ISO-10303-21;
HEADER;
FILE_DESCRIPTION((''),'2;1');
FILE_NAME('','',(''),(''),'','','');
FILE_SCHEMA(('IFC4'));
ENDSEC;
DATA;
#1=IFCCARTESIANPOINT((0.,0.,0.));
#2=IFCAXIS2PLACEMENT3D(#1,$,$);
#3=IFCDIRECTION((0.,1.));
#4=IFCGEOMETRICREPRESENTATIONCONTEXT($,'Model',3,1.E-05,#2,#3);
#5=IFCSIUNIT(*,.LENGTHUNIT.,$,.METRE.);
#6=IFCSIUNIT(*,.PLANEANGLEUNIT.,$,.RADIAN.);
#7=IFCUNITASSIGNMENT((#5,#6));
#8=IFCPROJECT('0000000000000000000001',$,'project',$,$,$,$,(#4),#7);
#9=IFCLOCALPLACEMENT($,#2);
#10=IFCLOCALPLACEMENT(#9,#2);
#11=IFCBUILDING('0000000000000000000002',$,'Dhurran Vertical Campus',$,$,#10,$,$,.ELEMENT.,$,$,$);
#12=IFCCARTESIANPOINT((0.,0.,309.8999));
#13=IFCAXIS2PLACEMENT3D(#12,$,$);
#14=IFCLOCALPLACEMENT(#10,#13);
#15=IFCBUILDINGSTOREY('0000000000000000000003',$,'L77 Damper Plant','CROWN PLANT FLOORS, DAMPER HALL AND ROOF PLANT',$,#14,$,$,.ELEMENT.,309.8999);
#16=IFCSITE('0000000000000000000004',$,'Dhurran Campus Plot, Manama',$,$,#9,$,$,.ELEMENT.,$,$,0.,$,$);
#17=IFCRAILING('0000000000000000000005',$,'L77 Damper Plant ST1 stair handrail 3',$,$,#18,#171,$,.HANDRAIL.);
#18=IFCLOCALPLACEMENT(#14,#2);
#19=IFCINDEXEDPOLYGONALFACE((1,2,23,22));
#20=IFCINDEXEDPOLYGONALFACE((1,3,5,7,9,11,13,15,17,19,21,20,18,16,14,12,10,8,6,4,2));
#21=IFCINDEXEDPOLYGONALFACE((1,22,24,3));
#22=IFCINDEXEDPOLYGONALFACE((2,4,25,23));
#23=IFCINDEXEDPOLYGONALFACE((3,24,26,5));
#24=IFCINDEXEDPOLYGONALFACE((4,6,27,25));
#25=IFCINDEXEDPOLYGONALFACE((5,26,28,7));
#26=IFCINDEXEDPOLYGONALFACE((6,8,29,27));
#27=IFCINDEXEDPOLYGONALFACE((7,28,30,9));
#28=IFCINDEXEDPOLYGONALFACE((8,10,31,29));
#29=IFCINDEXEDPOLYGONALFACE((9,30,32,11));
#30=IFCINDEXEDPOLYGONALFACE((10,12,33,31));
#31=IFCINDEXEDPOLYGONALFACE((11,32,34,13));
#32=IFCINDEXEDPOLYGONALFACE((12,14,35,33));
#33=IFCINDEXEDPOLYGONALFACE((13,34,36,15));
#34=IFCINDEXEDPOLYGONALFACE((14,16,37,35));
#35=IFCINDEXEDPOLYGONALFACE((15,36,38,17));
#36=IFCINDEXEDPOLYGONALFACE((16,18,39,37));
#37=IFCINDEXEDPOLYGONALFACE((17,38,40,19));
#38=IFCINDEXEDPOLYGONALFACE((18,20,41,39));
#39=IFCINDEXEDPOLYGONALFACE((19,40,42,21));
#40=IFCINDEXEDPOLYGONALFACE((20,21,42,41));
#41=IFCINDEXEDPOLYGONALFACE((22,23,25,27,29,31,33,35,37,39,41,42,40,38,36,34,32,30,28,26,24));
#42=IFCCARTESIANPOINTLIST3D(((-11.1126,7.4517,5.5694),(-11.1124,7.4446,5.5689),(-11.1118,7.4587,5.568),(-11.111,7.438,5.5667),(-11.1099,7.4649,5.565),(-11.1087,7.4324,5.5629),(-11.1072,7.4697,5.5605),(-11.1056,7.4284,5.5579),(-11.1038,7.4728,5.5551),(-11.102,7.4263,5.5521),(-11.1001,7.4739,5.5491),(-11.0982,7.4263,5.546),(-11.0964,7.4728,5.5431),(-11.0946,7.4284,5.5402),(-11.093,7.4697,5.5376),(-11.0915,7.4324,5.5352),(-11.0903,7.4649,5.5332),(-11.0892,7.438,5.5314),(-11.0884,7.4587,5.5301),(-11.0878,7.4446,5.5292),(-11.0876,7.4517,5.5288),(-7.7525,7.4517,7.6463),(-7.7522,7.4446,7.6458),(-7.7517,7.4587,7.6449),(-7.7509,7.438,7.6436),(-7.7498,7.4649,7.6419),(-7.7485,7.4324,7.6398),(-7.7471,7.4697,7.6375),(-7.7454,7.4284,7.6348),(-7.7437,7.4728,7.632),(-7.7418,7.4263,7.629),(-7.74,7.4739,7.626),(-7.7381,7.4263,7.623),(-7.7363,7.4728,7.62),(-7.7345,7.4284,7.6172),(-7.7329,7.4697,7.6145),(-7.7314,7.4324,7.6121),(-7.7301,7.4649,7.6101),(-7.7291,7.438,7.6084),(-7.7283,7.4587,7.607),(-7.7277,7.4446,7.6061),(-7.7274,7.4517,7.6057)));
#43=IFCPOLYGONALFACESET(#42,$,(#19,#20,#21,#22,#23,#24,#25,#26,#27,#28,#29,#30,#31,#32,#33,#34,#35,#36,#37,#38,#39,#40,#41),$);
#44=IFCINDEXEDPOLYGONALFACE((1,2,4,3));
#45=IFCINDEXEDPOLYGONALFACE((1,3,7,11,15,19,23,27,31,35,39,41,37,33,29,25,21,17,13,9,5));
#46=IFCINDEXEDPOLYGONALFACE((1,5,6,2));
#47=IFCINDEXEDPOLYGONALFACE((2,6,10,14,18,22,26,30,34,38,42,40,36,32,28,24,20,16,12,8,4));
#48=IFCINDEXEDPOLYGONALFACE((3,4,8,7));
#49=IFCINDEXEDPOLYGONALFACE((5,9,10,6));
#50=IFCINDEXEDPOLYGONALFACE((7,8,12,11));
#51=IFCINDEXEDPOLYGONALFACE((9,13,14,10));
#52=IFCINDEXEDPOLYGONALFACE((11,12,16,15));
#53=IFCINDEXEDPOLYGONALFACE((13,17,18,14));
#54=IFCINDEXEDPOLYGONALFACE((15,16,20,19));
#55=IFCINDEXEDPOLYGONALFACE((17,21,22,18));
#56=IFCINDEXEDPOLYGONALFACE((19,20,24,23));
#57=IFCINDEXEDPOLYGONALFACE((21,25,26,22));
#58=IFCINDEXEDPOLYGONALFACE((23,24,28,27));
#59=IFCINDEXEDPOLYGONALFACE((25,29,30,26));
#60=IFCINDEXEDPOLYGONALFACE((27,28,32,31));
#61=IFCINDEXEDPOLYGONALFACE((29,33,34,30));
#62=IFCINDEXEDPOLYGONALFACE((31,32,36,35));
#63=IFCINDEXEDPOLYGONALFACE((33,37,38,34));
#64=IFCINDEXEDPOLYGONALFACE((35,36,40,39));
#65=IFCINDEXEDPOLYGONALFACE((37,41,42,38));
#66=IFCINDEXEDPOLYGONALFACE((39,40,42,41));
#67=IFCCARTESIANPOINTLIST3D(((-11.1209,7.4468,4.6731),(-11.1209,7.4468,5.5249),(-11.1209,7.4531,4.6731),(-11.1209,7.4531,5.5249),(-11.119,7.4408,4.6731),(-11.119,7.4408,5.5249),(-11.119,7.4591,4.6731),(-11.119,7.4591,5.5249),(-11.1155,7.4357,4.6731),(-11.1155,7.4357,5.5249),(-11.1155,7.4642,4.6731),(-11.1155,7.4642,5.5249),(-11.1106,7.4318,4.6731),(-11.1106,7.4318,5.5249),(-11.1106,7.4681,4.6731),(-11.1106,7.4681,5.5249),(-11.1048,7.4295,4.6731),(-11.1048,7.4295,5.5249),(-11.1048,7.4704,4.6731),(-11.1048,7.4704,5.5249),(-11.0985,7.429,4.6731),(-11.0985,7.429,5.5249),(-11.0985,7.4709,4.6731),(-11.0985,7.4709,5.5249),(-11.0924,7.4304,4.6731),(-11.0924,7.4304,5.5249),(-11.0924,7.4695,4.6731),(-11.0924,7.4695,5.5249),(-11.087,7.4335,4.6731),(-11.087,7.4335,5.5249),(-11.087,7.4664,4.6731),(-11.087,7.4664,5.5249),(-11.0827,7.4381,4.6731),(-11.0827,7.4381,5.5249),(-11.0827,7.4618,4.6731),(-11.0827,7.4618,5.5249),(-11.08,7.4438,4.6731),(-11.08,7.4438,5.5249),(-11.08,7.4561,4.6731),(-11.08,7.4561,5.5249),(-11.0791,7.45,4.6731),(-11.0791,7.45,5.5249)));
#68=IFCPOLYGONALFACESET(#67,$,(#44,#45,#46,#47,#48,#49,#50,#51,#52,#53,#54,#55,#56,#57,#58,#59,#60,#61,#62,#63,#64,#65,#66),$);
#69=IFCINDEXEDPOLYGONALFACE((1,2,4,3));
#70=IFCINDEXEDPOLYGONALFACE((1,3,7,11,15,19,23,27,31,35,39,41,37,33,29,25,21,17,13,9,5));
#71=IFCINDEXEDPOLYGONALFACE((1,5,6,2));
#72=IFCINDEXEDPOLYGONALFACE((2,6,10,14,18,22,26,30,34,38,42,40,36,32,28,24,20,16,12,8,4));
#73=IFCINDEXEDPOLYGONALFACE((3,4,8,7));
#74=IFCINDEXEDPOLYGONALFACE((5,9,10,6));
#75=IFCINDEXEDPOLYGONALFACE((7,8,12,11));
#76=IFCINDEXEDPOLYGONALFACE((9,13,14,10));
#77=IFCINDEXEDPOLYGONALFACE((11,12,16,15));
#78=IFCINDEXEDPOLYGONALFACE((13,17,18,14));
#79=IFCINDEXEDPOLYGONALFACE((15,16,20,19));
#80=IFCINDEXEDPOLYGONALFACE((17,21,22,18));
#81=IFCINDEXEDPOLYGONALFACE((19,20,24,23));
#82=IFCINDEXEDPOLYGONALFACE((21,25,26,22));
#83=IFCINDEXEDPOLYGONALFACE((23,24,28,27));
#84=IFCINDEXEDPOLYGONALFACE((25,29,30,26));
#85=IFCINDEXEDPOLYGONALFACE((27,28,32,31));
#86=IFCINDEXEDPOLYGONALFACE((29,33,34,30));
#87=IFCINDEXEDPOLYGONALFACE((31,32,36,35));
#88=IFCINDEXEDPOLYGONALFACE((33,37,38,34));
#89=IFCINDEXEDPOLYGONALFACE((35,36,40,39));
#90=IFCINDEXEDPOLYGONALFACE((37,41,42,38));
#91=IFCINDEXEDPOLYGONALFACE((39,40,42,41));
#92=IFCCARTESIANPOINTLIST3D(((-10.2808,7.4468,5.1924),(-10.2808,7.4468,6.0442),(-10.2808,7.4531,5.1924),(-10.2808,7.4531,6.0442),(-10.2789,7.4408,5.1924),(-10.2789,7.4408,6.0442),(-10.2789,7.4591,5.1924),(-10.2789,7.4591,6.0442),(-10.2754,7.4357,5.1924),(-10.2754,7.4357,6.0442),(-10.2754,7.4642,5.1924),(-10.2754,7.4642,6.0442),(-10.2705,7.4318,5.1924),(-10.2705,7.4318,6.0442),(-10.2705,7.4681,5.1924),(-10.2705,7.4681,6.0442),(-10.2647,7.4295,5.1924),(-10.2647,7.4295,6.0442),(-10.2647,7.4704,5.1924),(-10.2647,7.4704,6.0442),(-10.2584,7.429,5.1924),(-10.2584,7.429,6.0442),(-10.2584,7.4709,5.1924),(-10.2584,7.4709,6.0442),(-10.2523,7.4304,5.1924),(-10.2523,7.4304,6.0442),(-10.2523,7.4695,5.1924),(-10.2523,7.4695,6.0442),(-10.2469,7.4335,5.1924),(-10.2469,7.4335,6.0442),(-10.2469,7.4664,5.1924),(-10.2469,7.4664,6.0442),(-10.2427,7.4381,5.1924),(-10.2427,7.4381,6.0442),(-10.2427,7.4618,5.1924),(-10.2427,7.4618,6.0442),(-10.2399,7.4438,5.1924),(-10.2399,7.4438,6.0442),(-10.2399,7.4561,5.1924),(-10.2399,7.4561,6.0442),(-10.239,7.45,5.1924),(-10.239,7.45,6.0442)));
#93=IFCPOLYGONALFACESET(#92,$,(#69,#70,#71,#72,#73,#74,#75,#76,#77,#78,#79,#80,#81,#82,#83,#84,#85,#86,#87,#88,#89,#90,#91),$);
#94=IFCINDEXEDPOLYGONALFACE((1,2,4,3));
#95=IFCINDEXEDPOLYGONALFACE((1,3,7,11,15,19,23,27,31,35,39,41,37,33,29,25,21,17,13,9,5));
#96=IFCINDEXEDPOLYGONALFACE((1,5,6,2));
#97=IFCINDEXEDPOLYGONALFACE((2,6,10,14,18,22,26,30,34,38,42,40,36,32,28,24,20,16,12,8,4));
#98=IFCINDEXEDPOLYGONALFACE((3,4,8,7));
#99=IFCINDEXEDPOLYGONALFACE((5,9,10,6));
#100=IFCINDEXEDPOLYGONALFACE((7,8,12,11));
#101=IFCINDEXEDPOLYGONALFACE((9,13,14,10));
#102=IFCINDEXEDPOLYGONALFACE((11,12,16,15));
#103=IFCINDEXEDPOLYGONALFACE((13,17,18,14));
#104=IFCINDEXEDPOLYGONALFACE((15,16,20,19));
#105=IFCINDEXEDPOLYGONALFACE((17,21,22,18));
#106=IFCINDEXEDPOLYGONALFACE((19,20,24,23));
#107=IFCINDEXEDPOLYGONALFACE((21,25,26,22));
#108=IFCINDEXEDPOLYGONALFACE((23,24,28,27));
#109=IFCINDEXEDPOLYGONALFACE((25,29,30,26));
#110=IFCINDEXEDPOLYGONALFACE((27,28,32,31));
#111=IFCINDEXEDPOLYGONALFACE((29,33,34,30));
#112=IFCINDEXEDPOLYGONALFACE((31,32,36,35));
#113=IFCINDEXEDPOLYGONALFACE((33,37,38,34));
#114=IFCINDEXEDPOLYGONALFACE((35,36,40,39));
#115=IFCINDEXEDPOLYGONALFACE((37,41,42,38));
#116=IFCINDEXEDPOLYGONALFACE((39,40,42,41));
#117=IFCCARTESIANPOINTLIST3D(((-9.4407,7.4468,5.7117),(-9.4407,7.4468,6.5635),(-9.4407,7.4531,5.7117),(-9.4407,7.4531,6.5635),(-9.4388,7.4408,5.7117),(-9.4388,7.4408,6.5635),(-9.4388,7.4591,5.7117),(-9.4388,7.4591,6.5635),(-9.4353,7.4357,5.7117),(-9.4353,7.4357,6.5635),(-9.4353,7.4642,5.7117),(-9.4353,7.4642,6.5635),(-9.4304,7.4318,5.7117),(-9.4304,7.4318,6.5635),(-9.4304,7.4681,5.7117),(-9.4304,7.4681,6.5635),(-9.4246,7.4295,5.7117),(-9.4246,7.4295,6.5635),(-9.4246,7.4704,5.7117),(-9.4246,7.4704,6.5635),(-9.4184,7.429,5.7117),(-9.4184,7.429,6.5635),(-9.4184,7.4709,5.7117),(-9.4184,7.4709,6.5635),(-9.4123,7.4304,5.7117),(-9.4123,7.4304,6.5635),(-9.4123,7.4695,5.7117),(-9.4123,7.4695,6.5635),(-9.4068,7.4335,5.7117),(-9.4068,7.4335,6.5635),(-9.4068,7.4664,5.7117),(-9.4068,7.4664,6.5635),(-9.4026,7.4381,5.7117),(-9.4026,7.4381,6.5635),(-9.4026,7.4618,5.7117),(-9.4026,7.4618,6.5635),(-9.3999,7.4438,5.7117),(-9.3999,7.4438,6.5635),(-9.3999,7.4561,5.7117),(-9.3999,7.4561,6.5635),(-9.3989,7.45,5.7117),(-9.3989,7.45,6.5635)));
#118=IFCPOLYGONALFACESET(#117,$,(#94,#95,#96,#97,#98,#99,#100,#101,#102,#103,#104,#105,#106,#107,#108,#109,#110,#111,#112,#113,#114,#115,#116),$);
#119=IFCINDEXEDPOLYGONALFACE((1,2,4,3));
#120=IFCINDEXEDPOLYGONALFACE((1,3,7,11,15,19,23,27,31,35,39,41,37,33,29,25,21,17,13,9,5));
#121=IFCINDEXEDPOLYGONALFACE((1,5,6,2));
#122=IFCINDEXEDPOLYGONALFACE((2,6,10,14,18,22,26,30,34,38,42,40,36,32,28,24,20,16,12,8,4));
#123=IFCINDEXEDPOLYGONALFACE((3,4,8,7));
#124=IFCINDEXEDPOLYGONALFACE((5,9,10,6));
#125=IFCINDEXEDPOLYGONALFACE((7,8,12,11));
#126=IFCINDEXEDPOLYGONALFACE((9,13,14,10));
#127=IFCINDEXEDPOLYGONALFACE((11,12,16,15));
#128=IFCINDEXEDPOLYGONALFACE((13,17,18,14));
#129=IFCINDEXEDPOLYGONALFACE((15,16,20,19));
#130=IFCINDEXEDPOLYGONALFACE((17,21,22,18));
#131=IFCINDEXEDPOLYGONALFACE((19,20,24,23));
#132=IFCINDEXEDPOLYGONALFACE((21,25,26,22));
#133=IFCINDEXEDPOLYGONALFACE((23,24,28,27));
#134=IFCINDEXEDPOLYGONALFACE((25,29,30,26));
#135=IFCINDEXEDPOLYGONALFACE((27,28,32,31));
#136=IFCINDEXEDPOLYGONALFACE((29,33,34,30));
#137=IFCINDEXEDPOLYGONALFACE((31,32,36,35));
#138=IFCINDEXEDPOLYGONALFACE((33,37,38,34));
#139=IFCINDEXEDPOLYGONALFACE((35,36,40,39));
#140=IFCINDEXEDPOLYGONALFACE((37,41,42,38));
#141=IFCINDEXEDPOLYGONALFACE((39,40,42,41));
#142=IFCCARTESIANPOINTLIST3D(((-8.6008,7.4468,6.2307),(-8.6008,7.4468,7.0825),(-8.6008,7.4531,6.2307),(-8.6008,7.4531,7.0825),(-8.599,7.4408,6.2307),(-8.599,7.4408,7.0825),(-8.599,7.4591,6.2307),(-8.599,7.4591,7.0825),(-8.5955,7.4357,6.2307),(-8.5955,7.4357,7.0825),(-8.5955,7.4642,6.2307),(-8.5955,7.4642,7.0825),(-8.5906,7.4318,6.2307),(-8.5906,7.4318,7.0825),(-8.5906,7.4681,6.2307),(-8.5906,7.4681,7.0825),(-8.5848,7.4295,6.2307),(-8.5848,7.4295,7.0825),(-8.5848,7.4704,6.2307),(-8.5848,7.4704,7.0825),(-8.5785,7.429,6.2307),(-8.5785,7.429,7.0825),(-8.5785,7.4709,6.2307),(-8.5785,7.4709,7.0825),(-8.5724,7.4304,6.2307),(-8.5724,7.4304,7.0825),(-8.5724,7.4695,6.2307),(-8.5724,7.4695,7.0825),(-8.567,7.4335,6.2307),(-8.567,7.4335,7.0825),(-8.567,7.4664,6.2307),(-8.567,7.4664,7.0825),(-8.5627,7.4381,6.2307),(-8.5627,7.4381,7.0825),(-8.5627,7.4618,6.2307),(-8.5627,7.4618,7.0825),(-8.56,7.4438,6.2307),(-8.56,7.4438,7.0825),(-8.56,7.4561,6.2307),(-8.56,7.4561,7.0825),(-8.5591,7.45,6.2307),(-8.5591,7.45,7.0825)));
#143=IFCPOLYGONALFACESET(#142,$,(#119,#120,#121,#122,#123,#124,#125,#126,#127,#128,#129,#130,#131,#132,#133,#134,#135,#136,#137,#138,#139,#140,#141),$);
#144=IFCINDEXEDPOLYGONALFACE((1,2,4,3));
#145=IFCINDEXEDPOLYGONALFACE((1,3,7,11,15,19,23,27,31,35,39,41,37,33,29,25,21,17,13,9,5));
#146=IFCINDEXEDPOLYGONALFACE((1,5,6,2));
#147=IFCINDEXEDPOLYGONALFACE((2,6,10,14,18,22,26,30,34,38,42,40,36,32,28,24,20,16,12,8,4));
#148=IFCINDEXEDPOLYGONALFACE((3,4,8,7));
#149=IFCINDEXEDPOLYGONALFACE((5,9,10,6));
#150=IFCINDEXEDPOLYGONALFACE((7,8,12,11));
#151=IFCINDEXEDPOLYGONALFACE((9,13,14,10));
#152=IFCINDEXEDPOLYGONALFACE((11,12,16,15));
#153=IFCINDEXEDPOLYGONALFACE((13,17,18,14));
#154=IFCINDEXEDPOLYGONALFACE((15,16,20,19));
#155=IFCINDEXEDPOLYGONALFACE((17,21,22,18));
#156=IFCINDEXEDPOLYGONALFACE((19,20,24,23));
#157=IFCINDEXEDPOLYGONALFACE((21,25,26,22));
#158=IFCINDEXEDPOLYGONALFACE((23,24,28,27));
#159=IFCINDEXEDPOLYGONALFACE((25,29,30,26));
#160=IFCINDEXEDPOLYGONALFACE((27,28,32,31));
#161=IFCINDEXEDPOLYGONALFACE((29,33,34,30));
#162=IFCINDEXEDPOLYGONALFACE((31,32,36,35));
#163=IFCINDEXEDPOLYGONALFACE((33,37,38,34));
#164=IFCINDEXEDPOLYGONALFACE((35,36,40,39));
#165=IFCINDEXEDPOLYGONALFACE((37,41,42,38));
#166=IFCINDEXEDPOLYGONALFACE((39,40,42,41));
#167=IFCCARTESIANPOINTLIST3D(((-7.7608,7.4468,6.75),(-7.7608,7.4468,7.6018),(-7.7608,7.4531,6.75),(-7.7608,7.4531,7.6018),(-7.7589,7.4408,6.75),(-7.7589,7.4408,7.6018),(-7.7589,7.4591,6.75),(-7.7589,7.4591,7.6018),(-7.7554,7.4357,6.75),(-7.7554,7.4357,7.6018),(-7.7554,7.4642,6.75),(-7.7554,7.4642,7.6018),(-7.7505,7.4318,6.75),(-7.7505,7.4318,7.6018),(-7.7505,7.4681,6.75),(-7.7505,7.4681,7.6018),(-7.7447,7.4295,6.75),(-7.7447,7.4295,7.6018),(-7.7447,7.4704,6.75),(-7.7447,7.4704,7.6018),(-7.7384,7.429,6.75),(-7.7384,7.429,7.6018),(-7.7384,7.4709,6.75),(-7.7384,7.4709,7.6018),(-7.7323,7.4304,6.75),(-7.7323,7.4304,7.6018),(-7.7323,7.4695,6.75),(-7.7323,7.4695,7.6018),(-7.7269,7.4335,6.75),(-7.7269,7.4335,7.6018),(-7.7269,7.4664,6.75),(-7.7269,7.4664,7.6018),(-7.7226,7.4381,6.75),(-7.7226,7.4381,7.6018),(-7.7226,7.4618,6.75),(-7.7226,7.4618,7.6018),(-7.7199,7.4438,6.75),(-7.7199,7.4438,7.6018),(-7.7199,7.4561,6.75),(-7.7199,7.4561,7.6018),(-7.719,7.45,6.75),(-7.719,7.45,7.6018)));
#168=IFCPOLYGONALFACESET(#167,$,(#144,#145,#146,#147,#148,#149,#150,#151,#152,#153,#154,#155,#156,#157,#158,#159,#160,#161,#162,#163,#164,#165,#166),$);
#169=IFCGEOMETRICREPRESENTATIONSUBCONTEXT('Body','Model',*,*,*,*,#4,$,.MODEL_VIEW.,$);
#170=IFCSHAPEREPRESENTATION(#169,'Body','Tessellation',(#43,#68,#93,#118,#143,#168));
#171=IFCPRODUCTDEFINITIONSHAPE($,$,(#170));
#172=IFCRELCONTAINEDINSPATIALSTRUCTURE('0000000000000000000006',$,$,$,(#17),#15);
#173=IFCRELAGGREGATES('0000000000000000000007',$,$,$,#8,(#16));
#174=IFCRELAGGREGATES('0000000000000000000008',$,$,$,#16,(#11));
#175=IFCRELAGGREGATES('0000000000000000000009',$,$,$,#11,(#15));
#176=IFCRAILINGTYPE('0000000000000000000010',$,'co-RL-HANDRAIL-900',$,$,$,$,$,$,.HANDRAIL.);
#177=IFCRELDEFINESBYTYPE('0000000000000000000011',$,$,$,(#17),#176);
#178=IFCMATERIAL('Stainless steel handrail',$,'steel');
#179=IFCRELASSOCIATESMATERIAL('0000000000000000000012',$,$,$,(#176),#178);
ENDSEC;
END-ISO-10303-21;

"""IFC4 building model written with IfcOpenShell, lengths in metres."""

from ifc_helpers import new_model, si_unit, direction, frame, origin, origin_2d, place, context, subcontext, project, spatial, circle, extrude, material, type_object, element, save


model = new_model("IFC4")

# Units and contexts
model_context = context("Model", 3, precision=1e-05, world=origin(), true_north=direction((0.0, 1.0)))
body_context = subcontext(model_context, "Body", "Model", "MODEL_VIEW")
ifc_project = project(units=[si_unit("LENGTHUNIT", "METRE"), si_unit("PLANEANGLEUNIT", "RADIAN")], contexts=[model_context])

# Site, building, storey
site_placement = place(None, origin())
site = spatial("IfcSite", under=ifc_project, at=site_placement, Name="Dhurran Campus Plot, Manama", CompositionType="ELEMENT", RefElevation=0.0)
building_placement = place(site_placement, origin())
building = spatial("IfcBuilding", under=site, at=building_placement, Name="Dhurran Vertical Campus", CompositionType="ELEMENT")
storey_placement = place(building_placement, frame((0.0, 0.0, 309.8999)))
storey = spatial("IfcBuildingStorey", under=building, at=storey_placement, Name="L77 Damper Plant", Description="CROWN PLANT FLOORS, DAMPER HALL AND ROOF PLANT", CompositionType="ELEMENT", Elevation=309.8999)

# Railing
ifc_material_1 = material(Name="Stainless steel handrail", Category="steel")
railing_type_1 = type_object("IfcRailingType", Name="co-RL-HANDRAIL-900", PredefinedType="HANDRAIL", material=ifc_material_1)
for number, where, name in (
    (1, (-11.1001, 7.45, 4.6731), "L77 Damper Plant ST1 stair handrail 3"),
):
    element("IfcRailing", number, at=place(storey_placement, frame(where)), inside=storey, type_object=railing_type_1, Name=name, PredefinedType="HANDRAIL", context=body_context, shape_type="SweptSolid", body=[
        extrude(circle(Radius=0.0239, at=origin_2d()), frame((0.0, 0.0, 0.876), z_axis=(0.850623, 0.0, 0.525776), x_axis=(0.0, 1.0, 0.0)), (0.0, 0.0, 1.0), 3.9502),
        extrude(circle(Radius=0.021, at=origin_2d()), origin(), (0.0, 0.0, 1.0), 0.8518),
        extrude(circle(Radius=0.021, at=origin_2d()), frame((0.8401, 0.0, 0.5193)), (0.0, 0.0, 1.0), 0.8518),
        extrude(circle(Radius=0.021, at=origin_2d()), frame((1.6802, 0.0, 1.0386)), (0.0, 0.0, 1.0), 0.8518),
        extrude(circle(Radius=0.021, at=origin_2d()), frame((2.52, 0.0, 1.5576)), (0.0, 0.0, 1.0), 0.8518),
        extrude(circle(Radius=0.021, at=origin_2d()), frame((3.3601, 0.0, 2.0769)), (0.0, 0.0, 1.0), 0.8518),
    ])

save(model, "model.ifc")
